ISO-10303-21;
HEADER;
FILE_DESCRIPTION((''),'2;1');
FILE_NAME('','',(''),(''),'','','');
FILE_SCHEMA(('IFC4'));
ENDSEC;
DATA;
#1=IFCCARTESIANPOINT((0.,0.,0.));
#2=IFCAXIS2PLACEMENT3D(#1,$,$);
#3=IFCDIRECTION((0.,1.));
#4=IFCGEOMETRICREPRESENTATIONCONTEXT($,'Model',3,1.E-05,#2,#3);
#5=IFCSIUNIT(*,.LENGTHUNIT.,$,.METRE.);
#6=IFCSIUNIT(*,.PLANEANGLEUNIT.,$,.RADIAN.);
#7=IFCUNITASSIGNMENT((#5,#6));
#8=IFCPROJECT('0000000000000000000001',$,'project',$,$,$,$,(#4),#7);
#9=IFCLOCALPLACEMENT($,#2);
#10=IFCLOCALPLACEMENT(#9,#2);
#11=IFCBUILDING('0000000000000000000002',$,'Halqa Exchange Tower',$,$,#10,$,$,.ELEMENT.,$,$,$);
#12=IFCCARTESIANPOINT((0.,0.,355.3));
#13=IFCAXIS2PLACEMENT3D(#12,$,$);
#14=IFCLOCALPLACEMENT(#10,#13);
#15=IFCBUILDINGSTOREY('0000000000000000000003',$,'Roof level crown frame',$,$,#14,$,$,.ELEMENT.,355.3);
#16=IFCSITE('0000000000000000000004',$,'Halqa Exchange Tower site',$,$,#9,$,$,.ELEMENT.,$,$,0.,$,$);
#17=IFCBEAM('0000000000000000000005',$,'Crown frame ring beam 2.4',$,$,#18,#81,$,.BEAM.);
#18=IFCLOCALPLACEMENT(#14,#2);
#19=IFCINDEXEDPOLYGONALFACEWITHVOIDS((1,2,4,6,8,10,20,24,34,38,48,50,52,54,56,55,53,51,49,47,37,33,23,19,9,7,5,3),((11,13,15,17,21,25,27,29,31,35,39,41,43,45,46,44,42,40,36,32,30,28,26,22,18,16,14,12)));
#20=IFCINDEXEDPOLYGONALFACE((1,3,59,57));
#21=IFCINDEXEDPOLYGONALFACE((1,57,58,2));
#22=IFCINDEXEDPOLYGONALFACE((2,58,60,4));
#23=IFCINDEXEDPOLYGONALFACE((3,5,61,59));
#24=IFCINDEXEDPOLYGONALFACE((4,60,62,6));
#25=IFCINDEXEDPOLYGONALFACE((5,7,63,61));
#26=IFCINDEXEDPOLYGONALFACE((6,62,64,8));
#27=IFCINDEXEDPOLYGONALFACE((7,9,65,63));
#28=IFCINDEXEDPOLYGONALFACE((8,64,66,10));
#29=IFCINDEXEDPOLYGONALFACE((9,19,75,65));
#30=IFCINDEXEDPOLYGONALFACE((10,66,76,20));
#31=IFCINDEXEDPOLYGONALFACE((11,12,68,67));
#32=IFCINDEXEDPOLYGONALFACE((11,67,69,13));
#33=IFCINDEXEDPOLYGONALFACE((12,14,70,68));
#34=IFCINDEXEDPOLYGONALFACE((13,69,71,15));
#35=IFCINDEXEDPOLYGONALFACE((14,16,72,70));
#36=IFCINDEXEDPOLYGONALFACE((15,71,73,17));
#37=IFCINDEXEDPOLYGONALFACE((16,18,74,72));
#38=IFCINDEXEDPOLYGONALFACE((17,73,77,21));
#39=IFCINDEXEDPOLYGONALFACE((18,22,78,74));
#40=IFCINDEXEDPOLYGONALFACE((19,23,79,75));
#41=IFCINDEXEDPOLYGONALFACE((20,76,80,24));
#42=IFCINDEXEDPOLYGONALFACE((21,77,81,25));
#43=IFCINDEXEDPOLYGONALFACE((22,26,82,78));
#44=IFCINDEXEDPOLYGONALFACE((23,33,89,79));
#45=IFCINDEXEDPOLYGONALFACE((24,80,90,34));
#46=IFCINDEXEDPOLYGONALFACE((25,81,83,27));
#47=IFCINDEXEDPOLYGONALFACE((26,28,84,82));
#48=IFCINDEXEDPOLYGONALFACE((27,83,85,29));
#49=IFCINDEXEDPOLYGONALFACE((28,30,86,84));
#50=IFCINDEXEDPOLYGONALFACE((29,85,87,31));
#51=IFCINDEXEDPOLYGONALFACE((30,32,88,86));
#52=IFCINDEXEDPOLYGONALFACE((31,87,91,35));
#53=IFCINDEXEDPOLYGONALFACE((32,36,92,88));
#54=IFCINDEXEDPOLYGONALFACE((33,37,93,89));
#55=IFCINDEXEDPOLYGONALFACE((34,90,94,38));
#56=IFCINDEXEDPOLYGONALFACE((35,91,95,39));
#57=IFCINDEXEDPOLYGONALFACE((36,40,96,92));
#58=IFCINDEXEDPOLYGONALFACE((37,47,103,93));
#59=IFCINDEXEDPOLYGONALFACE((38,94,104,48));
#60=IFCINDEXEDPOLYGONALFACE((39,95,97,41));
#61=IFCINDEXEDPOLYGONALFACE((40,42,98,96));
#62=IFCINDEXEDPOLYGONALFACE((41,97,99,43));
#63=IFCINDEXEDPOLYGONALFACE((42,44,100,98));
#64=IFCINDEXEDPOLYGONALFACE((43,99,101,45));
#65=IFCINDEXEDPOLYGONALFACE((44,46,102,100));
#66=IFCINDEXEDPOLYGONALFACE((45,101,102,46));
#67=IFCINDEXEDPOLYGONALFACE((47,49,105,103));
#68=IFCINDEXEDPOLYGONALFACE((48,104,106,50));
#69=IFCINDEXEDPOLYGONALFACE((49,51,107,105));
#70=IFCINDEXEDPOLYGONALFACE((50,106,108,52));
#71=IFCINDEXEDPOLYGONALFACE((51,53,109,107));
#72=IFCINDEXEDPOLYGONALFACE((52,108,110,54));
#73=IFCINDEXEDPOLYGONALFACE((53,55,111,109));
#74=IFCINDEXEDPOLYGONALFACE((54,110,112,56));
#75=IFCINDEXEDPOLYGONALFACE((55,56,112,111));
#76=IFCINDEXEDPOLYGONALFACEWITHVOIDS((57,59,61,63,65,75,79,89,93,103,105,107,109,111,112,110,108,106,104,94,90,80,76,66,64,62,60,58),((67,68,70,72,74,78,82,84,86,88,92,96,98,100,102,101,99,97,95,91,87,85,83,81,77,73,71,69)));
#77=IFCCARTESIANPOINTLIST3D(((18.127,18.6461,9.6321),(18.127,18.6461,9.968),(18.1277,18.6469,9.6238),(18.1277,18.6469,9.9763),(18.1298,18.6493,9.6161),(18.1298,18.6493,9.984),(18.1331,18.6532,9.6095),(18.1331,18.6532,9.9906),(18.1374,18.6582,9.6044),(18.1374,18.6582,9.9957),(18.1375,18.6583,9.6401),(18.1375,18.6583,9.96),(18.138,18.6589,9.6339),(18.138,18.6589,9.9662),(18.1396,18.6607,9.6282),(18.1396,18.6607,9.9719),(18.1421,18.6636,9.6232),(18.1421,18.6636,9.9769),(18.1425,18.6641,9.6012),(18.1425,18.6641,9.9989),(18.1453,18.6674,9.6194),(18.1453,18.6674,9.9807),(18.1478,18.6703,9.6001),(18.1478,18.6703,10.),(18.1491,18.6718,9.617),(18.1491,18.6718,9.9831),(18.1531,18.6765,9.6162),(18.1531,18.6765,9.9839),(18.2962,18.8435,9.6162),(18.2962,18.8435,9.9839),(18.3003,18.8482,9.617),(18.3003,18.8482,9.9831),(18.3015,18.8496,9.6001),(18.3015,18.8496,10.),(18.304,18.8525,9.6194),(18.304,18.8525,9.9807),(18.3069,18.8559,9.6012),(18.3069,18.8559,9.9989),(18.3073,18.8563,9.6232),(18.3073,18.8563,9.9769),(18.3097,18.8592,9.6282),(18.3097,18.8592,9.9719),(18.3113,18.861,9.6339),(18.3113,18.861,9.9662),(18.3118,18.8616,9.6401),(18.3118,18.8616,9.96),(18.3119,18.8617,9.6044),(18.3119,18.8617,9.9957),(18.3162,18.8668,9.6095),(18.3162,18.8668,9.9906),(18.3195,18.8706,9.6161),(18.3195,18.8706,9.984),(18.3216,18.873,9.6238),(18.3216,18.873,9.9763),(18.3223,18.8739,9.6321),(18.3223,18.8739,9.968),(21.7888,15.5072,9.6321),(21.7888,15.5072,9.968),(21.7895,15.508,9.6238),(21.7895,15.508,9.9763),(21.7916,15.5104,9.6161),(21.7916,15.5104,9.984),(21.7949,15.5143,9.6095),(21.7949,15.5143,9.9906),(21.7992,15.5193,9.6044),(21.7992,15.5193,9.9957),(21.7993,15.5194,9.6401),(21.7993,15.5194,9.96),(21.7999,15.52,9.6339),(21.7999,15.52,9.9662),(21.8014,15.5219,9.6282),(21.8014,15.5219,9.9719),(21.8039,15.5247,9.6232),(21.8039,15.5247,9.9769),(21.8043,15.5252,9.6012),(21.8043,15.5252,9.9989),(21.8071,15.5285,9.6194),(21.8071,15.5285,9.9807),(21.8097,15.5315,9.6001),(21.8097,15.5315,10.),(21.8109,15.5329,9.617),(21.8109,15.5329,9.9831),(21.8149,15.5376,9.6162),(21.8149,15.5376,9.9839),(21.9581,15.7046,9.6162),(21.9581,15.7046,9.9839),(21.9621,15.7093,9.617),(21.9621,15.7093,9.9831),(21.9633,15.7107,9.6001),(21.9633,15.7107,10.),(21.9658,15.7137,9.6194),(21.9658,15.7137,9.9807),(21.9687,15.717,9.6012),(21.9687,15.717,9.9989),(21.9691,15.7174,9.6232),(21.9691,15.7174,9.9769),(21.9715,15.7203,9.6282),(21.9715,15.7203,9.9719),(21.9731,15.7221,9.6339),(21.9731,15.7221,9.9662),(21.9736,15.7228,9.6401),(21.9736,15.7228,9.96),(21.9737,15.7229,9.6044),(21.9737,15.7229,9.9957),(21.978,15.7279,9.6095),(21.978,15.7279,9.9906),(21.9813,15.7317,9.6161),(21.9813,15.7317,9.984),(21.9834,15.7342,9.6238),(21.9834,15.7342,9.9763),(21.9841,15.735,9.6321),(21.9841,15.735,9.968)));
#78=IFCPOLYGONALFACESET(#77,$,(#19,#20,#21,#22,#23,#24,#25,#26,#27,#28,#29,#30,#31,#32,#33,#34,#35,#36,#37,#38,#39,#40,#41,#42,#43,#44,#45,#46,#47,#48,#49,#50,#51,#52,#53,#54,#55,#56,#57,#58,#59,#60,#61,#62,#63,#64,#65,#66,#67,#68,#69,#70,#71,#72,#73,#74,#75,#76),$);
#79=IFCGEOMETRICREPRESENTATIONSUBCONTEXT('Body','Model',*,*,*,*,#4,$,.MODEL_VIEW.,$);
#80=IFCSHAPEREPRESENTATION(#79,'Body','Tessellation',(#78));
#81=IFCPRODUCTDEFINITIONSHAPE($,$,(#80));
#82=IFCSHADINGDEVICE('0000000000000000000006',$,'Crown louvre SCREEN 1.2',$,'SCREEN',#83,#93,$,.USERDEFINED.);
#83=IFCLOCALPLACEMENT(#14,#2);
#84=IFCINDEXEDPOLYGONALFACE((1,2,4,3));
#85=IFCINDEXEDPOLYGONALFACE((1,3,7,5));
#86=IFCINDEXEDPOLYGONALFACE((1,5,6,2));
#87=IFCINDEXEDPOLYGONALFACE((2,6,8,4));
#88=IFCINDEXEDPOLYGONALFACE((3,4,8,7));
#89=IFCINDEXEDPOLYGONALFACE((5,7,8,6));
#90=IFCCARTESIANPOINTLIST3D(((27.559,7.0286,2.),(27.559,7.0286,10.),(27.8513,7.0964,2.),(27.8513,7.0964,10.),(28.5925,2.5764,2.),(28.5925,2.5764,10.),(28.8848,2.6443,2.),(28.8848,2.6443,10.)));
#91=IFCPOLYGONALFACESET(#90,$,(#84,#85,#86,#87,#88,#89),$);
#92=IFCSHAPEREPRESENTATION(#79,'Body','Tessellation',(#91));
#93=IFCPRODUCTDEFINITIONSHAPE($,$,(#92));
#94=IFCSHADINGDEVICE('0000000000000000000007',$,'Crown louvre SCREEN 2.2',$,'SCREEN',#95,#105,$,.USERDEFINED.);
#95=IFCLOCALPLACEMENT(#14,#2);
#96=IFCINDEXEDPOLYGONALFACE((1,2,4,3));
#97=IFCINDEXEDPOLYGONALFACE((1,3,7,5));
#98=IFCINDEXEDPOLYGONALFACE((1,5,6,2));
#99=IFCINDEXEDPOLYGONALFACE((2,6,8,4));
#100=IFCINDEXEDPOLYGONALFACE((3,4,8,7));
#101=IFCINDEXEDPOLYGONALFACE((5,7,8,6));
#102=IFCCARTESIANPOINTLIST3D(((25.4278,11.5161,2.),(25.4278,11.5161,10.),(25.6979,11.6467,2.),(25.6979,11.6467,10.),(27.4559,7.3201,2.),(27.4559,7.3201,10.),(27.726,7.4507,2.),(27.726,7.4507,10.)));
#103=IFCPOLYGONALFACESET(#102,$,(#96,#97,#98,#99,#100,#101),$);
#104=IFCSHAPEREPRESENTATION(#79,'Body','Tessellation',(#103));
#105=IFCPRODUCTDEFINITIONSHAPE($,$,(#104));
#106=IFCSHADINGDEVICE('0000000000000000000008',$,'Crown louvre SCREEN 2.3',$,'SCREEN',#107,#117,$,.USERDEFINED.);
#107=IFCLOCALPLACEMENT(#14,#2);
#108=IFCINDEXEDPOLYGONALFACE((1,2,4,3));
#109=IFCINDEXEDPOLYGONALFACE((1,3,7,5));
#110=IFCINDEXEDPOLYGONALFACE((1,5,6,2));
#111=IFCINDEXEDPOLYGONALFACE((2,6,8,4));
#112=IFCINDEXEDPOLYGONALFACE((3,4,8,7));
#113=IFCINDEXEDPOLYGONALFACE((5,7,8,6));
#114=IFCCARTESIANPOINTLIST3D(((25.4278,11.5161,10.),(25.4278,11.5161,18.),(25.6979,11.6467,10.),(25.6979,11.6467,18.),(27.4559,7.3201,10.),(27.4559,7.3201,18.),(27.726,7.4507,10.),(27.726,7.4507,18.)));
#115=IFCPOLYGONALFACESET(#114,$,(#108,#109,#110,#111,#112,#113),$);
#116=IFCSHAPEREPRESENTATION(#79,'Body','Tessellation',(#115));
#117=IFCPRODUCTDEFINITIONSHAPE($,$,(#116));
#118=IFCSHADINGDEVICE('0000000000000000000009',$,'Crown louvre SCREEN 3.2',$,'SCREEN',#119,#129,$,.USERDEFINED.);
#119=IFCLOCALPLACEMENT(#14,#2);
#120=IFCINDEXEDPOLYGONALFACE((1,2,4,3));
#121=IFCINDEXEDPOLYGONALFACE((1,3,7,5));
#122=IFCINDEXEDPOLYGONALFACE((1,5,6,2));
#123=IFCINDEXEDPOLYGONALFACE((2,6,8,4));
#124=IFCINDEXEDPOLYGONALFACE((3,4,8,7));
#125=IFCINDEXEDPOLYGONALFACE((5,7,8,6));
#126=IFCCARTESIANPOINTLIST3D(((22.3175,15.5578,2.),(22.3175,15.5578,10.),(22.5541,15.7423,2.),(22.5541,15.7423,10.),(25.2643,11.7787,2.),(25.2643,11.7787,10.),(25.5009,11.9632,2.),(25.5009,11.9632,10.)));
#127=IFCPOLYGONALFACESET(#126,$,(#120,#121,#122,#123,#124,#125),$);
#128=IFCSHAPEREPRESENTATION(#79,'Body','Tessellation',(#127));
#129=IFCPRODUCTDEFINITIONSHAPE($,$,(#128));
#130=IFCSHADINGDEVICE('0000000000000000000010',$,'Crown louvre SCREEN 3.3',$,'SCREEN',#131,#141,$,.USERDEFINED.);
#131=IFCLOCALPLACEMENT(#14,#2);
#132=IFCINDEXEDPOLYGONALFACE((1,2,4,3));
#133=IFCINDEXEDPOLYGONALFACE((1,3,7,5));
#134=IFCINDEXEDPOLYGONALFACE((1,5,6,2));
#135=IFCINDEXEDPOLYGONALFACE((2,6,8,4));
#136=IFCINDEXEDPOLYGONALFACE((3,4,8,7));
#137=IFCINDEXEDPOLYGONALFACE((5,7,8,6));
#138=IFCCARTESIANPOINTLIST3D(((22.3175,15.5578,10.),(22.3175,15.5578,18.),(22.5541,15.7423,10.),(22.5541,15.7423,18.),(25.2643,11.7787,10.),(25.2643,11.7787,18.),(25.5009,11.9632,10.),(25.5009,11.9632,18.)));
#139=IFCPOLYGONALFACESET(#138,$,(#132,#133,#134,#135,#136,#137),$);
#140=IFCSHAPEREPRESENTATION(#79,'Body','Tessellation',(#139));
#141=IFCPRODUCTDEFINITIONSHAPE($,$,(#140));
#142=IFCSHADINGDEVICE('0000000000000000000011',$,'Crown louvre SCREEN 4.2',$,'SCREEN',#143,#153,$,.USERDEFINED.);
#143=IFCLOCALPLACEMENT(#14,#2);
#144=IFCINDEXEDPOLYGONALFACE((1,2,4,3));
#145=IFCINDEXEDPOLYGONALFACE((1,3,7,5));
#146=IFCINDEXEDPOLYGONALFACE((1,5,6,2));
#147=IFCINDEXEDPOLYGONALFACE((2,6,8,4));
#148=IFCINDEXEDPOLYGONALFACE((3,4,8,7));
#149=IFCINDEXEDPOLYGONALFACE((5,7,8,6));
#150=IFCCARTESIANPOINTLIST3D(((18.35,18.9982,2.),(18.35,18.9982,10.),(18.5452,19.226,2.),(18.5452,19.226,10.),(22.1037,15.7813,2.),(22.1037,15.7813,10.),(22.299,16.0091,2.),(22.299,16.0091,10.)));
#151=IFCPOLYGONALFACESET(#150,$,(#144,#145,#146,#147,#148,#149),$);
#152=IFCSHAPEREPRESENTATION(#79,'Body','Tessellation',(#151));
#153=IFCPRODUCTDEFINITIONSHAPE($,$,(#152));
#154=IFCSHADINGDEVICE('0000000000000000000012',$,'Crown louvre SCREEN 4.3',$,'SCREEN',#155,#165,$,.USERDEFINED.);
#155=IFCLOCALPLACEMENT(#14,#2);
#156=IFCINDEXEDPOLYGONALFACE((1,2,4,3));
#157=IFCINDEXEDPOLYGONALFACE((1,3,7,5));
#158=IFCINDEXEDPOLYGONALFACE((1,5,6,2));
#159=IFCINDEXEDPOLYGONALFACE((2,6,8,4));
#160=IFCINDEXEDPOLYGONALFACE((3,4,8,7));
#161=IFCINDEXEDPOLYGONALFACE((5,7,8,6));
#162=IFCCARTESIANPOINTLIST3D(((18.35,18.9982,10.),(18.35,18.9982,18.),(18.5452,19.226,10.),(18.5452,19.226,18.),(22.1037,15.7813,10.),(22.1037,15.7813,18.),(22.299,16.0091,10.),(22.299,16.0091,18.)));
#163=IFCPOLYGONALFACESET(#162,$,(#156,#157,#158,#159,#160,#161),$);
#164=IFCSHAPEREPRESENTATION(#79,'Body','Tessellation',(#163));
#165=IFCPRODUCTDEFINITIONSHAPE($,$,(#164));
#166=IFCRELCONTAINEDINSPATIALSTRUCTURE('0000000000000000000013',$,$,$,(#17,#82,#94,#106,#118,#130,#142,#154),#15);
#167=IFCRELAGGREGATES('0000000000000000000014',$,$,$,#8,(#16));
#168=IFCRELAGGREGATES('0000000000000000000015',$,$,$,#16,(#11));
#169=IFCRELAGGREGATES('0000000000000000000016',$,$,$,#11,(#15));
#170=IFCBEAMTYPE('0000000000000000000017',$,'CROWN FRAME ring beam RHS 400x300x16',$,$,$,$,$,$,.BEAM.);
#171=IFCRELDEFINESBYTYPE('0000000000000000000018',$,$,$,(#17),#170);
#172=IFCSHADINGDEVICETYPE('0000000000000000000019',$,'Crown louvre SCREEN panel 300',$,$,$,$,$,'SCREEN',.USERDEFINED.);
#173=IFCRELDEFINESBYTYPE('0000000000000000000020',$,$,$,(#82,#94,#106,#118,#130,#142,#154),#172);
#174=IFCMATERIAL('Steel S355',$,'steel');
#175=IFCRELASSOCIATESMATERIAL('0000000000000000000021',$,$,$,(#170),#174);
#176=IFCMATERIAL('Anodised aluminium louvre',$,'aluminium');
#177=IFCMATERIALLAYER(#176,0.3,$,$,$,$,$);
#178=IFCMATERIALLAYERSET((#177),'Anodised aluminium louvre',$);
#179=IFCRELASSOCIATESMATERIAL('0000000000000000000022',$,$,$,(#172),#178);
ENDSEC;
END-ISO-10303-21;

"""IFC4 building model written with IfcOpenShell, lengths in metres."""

from ifc_helpers import new_model, si_unit, direction, frame, origin, origin_2d, place, context, subcontext, project, spatial, rectangle, hollow_rectangle, extrude, material, layer, layer_set, material_profile, profile_set, type_object, element, save


model = new_model("IFC4")

# Units and contexts
model_context = context("Model", 3, precision=1e-05, world=origin(), true_north=direction((0.0, 1.0)))
body_context = subcontext(model_context, "Body", "Model", "MODEL_VIEW")
ifc_project = project(units=[si_unit("LENGTHUNIT", "METRE"), si_unit("PLANEANGLEUNIT", "RADIAN")], contexts=[model_context])

# Site, building, storey
site_placement = place(None, origin())
site = spatial("IfcSite", under=ifc_project, at=site_placement, Name="Halqa Exchange Tower site", CompositionType="ELEMENT", RefElevation=0.0)
building_placement = place(site_placement, origin())
building = spatial("IfcBuilding", under=site, at=building_placement, Name="Halqa Exchange Tower", CompositionType="ELEMENT")
storey_placement = place(building_placement, frame((0.0, 0.0, 355.3)))
storey = spatial("IfcBuildingStorey", under=building, at=storey_placement, Name="Roof level crown frame", CompositionType="ELEMENT", Elevation=355.3)

# Shared definitions
ifc_material_1 = material(Name="Steel S355", Category="steel")

# Beam
ifc_material_profile_1 = material_profile(ifc_material_1, hollow_rectangle(XDim=0.3, YDim=0.3999, WallThickness=0.0161, InnerFilletRadius=0.0239, OuterFilletRadius=0.032, at=origin_2d()), Name="RHS 400x300x16")
ifc_profile_set_1 = profile_set([ifc_material_profile_1], Name="Steel S355")
beam_type = type_object("IfcBeamType", Name="CROWN FRAME ring beam RHS 400x300x16", PredefinedType="BEAM", material=ifc_profile_set_1)
beam_1_placement = place(storey_placement, frame((21.8865, 15.6211, 9.8), z_axis=(-0.759239, 0.650812, 0.0), x_axis=(-0.650812, -0.759239, 0.0)))
element("IfcBeam", 1, at=beam_1_placement, inside=storey, type_object=beam_type, Name="Crown frame ring beam 2.4", PredefinedType="BEAM", context=body_context, shape_type="SweptSolid", body=[
    extrude(hollow_rectangle(XDim=0.3, YDim=0.3999, WallThickness=0.0161, InnerFilletRadius=0.0239, OuterFilletRadius=0.032, at=origin_2d()), origin(), (0.0, 0.0, 1.0), 4.823),
])

# Shading devices
ifc_material_2 = material(Name="Anodised aluminium louvre", Category="aluminium")
ifc_layer = layer(ifc_material_2, 0.3)
ifc_layer_set = layer_set([ifc_layer], Name="Anodised aluminium louvre")
shading_device_type = type_object("IfcShadingDeviceType", Name="Crown louvre SCREEN panel 300", ElementType="SCREEN", PredefinedType="USERDEFINED", material=ifc_layer_set)
shading_device_placement = place(storey_placement, frame((28.2219, 4.8364, 2.0), z_axis=(0.0, 0.0, 1.0), x_axis=(-0.226121, 0.974099, 0.0)))
element("IfcShadingDevice", 2, at=shading_device_placement, inside=storey, type_object=shading_device_type, Name="Crown louvre SCREEN 1.2", ObjectType="SCREEN", PredefinedType="USERDEFINED", context=body_context, shape_type="SweptSolid", body=[
    extrude(rectangle(XDim=4.5706, YDim=0.3, at=origin_2d()), origin(), (0.0, 0.0, 1.0), 8.0),
])
for number, where, z_axis, x_axis, name in (
    (3, (26.5769, 9.4834, 2.0), (0.0, 0.0, 1.0), (-0.435179, 0.900344, 0.0), "Crown louvre SCREEN 2.2"),
    (4, (26.5769, 9.4834, 10.0), (0.0, 0.0, 1.0), (-0.435179, 0.900344, 0.0), "Crown louvre SCREEN 2.3"),
):
    element("IfcShadingDevice", number, at=place(storey_placement, frame(where, z_axis=z_axis, x_axis=x_axis)), inside=storey, type_object=shading_device_type, Name=name, ObjectType="SCREEN", PredefinedType="USERDEFINED", context=body_context, shape_type="SweptSolid", body=[
        extrude(rectangle(XDim=4.6604, YDim=0.3, at=origin_2d()), origin(), (0.0, 0.0, 1.0), 8.0),
    ])
for number, where, z_axis, x_axis, name in (
    (5, (23.9092, 13.7605, 2.0), (0.0, 0.0, 1.0), (-0.614908, 0.788599, 0.0), "Crown louvre SCREEN 3.2"),
    (6, (23.9092, 13.7605, 10.0), (0.0, 0.0, 1.0), (-0.614908, 0.788599, 0.0), "Crown louvre SCREEN 3.3"),
):
    element("IfcShadingDevice", number, at=place(storey_placement, frame(where, z_axis=z_axis, x_axis=x_axis)), inside=storey, type_object=shading_device_type, Name=name, ObjectType="SCREEN", PredefinedType="USERDEFINED", context=body_context, shape_type="SweptSolid", body=[
        extrude(rectangle(XDim=4.7922, YDim=0.3, at=origin_2d()), origin(), (0.0, 0.0, 1.0), 8.0),
    ])
for number, where, z_axis, x_axis, name in (
    (7, (20.3245, 17.5037, 2.0), (0.0, 0.0, 1.0), (-0.759318, 0.65072, 0.0), "Crown louvre SCREEN 4.2"),
    (8, (20.3245, 17.5037, 10.0), (0.0, 0.0, 1.0), (-0.759318, 0.65072, 0.0), "Crown louvre SCREEN 4.3"),
):
    element("IfcShadingDevice", number, at=place(storey_placement, frame(where, z_axis=z_axis, x_axis=x_axis)), inside=storey, type_object=shading_device_type, Name=name, ObjectType="SCREEN", PredefinedType="USERDEFINED", context=body_context, shape_type="SweptSolid", body=[
        extrude(rectangle(XDim=4.9436, YDim=0.3, at=origin_2d()), origin(), (0.0, 0.0, 1.0), 8.0),
    ])

save(model, "model.ifc")
